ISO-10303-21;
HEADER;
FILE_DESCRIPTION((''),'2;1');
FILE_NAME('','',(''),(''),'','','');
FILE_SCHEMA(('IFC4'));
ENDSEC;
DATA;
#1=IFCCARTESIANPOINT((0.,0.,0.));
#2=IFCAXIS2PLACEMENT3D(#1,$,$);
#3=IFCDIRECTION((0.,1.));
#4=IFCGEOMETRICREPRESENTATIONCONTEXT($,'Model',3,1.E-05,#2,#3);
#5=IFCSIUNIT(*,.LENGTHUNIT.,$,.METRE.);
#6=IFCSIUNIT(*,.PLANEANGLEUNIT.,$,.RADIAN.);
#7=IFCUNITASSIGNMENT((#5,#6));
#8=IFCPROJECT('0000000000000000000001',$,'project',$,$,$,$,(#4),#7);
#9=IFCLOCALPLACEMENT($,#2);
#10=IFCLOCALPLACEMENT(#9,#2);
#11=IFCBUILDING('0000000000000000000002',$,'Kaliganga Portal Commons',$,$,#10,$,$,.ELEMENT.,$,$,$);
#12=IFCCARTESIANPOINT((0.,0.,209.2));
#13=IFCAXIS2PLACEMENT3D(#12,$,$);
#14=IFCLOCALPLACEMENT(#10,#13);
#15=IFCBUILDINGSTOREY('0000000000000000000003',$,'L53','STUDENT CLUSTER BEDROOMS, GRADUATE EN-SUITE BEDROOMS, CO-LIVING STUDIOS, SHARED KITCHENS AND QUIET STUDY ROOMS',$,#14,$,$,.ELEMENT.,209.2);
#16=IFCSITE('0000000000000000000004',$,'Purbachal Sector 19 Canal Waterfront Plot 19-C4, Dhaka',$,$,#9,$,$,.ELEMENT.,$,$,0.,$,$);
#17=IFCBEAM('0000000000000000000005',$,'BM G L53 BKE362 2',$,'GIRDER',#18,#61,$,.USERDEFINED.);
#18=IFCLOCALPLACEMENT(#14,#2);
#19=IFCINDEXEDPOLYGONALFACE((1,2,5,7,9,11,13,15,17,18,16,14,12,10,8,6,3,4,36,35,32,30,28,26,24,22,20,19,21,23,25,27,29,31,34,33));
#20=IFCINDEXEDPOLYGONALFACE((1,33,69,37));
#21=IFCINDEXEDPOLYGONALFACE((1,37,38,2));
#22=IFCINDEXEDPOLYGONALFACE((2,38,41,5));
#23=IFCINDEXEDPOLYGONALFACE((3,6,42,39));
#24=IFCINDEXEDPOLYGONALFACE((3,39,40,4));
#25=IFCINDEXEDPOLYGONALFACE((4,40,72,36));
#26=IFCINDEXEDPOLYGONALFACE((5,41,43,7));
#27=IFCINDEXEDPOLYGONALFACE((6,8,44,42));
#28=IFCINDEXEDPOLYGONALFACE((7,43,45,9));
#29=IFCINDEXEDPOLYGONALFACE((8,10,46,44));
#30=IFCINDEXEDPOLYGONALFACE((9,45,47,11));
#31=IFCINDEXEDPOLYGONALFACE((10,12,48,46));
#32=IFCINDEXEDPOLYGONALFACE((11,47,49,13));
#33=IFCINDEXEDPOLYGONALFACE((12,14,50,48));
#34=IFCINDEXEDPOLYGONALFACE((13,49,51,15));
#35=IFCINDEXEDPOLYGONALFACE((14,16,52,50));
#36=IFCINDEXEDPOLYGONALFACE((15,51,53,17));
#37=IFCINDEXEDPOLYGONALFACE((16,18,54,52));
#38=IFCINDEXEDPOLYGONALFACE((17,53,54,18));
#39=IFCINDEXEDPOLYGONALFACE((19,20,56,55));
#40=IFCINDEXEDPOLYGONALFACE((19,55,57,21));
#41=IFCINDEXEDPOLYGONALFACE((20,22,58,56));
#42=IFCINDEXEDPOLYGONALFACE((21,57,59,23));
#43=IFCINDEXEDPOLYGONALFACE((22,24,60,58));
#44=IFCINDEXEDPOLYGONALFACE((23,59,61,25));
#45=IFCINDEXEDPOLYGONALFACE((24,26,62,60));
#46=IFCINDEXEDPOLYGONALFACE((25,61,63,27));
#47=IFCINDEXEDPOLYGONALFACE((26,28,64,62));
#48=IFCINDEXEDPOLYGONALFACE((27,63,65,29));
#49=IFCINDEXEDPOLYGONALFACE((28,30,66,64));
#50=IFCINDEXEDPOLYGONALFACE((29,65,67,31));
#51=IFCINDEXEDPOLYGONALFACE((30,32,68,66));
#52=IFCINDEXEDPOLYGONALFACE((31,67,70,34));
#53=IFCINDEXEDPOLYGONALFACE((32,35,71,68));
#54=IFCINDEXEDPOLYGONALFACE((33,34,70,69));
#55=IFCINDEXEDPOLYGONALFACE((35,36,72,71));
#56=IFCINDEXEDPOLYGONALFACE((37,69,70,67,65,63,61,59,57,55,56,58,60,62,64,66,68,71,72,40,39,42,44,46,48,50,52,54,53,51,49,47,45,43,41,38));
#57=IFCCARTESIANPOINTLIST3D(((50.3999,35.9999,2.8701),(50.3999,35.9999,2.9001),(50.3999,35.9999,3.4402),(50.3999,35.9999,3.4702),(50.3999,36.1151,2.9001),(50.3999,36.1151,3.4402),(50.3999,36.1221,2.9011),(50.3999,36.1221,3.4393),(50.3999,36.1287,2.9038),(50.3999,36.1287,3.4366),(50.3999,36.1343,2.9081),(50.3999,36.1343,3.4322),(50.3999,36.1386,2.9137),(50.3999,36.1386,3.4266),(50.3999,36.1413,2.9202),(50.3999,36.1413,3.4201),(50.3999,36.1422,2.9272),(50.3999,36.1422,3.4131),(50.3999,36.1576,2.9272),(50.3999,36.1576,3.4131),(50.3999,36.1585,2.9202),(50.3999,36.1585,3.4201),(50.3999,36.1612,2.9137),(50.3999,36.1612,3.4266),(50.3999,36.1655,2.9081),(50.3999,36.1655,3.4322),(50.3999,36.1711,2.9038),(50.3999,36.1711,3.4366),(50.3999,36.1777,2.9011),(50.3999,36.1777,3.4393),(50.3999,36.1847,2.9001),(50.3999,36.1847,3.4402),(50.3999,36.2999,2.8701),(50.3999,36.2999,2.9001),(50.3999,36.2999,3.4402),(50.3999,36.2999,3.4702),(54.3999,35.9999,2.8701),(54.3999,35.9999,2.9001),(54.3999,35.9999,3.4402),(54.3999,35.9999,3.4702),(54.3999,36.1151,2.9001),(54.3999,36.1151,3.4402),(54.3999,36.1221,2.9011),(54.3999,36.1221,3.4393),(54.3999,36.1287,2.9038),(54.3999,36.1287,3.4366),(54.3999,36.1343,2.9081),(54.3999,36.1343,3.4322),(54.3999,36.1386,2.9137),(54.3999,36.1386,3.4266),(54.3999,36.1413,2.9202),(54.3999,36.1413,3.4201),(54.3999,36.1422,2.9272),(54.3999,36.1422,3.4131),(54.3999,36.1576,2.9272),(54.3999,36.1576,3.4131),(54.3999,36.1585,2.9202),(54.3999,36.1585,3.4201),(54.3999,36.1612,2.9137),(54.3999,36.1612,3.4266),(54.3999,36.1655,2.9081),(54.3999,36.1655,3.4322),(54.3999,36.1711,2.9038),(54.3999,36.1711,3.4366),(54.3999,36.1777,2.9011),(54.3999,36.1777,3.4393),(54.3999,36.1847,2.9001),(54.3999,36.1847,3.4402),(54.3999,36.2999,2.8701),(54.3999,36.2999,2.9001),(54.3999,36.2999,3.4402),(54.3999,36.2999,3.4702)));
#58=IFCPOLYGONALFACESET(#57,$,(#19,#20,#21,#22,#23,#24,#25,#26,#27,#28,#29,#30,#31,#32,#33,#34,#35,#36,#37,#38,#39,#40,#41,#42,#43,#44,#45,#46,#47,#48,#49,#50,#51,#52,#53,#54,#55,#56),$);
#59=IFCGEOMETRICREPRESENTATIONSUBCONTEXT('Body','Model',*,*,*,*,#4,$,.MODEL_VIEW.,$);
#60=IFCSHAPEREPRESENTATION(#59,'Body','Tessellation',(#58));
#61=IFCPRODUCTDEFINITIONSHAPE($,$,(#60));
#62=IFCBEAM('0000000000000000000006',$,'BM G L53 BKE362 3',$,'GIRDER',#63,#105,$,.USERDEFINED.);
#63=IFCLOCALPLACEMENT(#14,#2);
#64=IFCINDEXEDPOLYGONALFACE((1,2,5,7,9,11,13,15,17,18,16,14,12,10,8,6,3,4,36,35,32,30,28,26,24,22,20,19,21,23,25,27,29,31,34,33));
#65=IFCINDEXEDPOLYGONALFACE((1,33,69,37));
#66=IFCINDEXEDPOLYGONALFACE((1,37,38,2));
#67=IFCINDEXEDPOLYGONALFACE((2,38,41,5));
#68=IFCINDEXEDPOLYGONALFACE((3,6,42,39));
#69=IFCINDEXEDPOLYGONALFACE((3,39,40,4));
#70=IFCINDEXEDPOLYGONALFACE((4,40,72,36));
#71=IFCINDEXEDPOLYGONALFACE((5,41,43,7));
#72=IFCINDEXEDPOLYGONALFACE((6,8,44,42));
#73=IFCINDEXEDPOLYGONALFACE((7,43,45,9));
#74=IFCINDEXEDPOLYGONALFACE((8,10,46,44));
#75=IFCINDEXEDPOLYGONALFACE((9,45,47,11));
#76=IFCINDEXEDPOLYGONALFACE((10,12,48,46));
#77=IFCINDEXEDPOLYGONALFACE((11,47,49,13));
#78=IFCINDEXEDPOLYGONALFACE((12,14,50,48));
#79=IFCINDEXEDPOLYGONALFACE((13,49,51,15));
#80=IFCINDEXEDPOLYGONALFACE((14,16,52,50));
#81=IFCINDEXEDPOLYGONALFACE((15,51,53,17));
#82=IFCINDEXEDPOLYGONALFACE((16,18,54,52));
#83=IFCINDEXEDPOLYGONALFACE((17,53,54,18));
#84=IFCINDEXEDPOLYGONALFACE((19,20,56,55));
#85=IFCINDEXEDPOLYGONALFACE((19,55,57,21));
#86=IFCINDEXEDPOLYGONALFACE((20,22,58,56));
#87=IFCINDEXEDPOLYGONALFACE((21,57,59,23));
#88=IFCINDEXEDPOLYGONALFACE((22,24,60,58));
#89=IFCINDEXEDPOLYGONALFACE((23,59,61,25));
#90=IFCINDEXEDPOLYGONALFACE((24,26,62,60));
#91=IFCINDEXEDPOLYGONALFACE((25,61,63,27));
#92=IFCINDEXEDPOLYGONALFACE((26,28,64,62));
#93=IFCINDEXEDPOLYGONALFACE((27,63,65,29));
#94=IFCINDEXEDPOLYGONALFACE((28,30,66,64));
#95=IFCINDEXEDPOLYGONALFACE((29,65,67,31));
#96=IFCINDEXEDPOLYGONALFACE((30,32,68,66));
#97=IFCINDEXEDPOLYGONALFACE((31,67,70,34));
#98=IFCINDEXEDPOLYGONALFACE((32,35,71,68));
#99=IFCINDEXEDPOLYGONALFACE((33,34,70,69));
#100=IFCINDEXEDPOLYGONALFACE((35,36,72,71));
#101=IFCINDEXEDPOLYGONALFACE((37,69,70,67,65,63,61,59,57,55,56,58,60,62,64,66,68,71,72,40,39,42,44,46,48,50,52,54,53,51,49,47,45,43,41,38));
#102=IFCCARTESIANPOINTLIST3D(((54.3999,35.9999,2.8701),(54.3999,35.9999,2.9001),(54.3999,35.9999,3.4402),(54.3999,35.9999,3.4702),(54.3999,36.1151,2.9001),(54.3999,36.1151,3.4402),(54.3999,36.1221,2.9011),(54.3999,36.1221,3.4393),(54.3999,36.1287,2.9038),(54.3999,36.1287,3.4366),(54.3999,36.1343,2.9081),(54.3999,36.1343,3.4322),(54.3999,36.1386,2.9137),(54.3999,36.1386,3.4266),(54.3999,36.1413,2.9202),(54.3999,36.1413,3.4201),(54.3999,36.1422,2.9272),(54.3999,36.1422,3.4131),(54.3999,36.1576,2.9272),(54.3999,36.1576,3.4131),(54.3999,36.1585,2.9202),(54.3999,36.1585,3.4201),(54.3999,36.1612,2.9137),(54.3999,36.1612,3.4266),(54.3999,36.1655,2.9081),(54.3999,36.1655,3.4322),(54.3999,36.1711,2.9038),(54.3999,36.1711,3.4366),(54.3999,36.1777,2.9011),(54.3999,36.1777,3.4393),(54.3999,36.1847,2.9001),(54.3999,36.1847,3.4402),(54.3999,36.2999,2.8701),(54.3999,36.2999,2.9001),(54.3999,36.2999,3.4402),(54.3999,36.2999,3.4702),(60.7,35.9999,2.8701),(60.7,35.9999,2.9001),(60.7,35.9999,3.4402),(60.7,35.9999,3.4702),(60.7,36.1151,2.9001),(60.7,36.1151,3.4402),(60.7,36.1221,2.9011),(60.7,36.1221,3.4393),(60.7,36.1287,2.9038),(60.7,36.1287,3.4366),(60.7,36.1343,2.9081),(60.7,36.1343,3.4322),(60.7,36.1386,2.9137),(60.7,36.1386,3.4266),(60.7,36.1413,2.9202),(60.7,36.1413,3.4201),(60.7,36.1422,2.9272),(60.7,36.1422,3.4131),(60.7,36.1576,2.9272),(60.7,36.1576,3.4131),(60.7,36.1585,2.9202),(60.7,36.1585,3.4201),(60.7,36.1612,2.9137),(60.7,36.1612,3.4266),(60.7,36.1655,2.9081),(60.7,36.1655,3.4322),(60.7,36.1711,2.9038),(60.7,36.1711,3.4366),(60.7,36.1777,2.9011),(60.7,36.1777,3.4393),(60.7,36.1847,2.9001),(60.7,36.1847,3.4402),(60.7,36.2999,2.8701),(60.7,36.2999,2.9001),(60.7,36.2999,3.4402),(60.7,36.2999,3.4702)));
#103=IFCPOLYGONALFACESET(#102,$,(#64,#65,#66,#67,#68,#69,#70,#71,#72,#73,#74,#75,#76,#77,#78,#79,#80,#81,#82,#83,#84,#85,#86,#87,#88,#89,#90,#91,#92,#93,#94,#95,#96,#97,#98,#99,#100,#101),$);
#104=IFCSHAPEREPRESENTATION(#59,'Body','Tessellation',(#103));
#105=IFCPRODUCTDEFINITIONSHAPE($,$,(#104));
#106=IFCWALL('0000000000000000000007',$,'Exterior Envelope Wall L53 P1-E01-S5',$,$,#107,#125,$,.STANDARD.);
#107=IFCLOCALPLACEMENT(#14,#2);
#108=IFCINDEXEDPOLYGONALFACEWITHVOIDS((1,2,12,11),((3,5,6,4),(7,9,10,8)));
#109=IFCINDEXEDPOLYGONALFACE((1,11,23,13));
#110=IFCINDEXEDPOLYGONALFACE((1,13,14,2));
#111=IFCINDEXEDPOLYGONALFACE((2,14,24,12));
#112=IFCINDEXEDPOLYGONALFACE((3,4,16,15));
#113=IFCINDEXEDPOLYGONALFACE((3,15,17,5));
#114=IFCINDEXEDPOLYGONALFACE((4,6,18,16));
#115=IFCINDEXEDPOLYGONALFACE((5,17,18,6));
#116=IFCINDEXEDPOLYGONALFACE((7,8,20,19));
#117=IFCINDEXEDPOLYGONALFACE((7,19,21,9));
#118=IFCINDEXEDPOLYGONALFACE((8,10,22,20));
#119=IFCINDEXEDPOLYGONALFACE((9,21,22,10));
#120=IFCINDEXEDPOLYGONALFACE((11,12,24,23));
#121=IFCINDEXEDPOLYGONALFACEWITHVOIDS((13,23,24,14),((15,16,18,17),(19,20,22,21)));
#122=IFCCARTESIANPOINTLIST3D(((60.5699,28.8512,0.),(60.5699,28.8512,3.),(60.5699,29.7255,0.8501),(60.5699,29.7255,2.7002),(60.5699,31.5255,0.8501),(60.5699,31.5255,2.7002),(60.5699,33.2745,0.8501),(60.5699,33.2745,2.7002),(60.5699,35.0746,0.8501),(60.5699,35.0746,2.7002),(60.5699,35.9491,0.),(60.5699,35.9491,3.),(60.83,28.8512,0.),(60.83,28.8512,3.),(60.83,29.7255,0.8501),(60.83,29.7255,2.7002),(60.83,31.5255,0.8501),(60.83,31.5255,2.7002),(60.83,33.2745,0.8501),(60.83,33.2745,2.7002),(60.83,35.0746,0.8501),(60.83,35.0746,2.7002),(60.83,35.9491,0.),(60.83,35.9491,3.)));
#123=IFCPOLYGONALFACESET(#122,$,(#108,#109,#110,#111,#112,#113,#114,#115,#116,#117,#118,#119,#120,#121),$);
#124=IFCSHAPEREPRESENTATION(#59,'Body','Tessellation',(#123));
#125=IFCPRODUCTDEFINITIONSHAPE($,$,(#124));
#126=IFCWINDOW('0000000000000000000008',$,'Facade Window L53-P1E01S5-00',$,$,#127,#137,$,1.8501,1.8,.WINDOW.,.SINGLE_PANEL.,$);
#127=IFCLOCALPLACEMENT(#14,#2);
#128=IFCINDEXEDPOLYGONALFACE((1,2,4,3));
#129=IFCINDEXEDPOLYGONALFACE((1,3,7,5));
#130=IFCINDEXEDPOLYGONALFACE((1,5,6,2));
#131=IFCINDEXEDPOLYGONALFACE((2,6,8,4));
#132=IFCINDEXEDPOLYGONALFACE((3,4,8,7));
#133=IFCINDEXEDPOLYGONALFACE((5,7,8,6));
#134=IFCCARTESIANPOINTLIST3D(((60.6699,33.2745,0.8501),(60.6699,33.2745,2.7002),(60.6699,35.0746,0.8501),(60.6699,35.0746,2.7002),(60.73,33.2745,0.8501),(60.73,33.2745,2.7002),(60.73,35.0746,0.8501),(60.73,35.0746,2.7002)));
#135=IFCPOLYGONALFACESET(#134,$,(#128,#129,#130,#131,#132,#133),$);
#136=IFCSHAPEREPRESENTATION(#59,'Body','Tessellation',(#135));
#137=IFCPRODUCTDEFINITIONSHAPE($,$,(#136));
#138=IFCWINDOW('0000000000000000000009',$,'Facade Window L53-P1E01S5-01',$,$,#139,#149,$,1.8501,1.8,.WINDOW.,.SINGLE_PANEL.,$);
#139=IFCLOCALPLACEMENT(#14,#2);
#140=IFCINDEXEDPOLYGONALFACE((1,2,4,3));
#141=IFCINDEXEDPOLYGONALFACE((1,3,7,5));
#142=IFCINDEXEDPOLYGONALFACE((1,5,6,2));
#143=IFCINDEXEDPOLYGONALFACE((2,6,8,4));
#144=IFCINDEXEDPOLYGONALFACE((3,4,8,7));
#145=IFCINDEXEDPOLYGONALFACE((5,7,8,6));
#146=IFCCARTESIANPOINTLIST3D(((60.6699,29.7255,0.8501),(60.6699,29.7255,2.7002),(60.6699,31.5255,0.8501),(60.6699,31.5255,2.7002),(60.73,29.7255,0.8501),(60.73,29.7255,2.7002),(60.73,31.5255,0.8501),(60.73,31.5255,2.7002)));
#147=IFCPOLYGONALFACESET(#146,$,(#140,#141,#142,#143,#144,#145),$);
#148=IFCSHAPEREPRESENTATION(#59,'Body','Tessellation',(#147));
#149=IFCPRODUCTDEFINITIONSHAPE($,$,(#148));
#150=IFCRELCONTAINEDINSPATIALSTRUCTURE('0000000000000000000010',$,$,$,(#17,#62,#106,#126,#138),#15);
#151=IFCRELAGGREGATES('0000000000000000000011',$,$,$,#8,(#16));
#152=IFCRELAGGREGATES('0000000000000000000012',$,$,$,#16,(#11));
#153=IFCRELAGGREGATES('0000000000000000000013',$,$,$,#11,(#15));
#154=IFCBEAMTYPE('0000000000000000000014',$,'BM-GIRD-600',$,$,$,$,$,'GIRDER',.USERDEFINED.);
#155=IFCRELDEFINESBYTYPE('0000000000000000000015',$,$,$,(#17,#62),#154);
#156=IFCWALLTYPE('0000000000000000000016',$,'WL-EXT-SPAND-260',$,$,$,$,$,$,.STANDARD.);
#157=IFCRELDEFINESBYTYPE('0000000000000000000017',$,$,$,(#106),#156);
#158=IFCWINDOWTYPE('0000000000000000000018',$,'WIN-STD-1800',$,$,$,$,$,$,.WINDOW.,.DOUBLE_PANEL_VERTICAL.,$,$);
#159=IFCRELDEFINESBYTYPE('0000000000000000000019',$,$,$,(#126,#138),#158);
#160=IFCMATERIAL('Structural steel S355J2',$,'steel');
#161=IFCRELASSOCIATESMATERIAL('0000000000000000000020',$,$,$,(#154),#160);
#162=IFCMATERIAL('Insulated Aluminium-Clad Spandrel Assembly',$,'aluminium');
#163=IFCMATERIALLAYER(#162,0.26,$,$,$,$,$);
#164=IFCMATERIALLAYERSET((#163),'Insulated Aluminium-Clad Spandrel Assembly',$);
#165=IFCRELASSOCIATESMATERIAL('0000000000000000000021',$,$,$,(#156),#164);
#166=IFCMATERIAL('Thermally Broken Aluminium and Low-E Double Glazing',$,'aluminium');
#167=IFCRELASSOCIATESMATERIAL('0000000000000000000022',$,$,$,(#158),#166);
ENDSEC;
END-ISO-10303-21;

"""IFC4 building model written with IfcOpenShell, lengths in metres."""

from ifc_helpers import new_model, si_unit, direction, frame, frame_2d, origin, origin_2d, place, context, subcontext, project, spatial, rectangle, i_section, extrude, source, transform, mapped, material, layer, layer_set, material_profile, profile_set, type_object, element, fill, save


model = new_model("IFC4")

# Units and contexts
model_context = context("Model", 3, precision=1e-05, world=origin(), true_north=direction((0.0, 1.0)))
body_context = subcontext(model_context, "Body", "Model", "MODEL_VIEW")
ifc_project = project(units=[si_unit("LENGTHUNIT", "METRE"), si_unit("PLANEANGLEUNIT", "RADIAN")], contexts=[model_context])

# Site, building, storey
site_placement = place(None, origin())
site = spatial("IfcSite", under=ifc_project, at=site_placement, Name="Purbachal Sector 19 Canal Waterfront Plot 19-C4, Dhaka", CompositionType="ELEMENT", RefElevation=0.0)
building_placement = place(site_placement, origin())
building = spatial("IfcBuilding", under=site, at=building_placement, Name="Kaliganga Portal Commons", CompositionType="ELEMENT")
storey_placement = place(building_placement, frame((0.0, 0.0, 209.2)))
storey = spatial("IfcBuildingStorey", under=building, at=storey_placement, Name="L53", Description="STUDENT CLUSTER BEDROOMS, GRADUATE EN-SUITE BEDROOMS, CO-LIVING STUDIOS, SHARED KITCHENS AND QUIET STUDY ROOMS", CompositionType="ELEMENT", Elevation=209.2)

# Shared definitions
ifc_material_1 = material(Name="Structural steel S355J2", Category="steel")

# Beams
ifc_material_profile_1 = material_profile(ifc_material_1, i_section(OverallWidth=0.3, OverallDepth=0.6001, WebThickness=0.0154, FlangeThickness=0.03, FilletRadius=0.0271, at=origin_2d()), Name="HE 600 B")
ifc_profile_set_1 = profile_set([ifc_material_profile_1], Name="Structural steel S355J2 wide-flange")
beam_type_1 = type_object("IfcBeamType", Name="BM-GIRD-600", ElementType="GIRDER", PredefinedType="USERDEFINED", material=ifc_profile_set_1)
shared_shape_1 = source(origin(), body_context, "Body", "SweptSolid", [
    extrude(i_section(OverallWidth=0.3, OverallDepth=0.6001, WebThickness=0.0154, FlangeThickness=0.03, FilletRadius=0.0271, at=origin_2d()), origin(), (0.0, 0.0, 1.0), 4.0),
])
beam_1_placement = place(storey_placement, frame((50.3999, 36.1499, 3.1702), z_axis=(1.0, 0.0, 0.0), x_axis=(0.0, 1.0, 0.0)))
element("IfcBeam", 1, at=beam_1_placement, inside=storey, type_object=beam_type_1, Name="BM G L53 BKE362 2", ObjectType="GIRDER", PredefinedType="USERDEFINED", context=body_context, shape_type="MappedRepresentation", body=[
    mapped(shared_shape_1, transform((0.0, 0.0, 0.0), x_axis=(1.0, 0.0, 0.0), y_axis=(0.0, 1.0, 0.0), z_axis=(0.0, 0.0, 1.0), scale=1.0)),
])
shared_shape_2 = source(origin(), body_context, "Body", "SweptSolid", [
    extrude(i_section(OverallWidth=0.3, OverallDepth=0.6001, WebThickness=0.0154, FlangeThickness=0.03, FilletRadius=0.0271, at=origin_2d()), origin(), (0.0, 0.0, 1.0), 6.3),
])
beam_2_placement = place(storey_placement, frame((54.3999, 36.1499, 3.1702), z_axis=(1.0, 0.0, 0.0), x_axis=(0.0, 1.0, 0.0)))
element("IfcBeam", 2, at=beam_2_placement, inside=storey, type_object=beam_type_1, Name="BM G L53 BKE362 3", ObjectType="GIRDER", PredefinedType="USERDEFINED", context=body_context, shape_type="MappedRepresentation", body=[
    mapped(shared_shape_2, transform((0.0, 0.0, 0.0), x_axis=(1.0, 0.0, 0.0), y_axis=(0.0, 1.0, 0.0), z_axis=(0.0, 0.0, 1.0), scale=1.0)),
])

# Wall, openings, windows
ifc_material_2 = material(Name="Insulated Aluminium-Clad Spandrel Assembly", Category="aluminium")
ifc_layer_1 = layer(ifc_material_2, 0.26)
ifc_layer_set_1 = layer_set([ifc_layer_1], Name="Insulated Aluminium-Clad Spandrel Assembly")
wall_type_1 = type_object("IfcWallType", Name="WL-EXT-SPAND-260", PredefinedType="STANDARD", material=ifc_layer_set_1)
wall_1_placement = place(storey_placement, frame((60.7, 35.949, 0.0), z_axis=(0.0, 0.0, 1.0), x_axis=(0.0, -1.0, 0.0)))
wall_1 = element("IfcWall", 3, at=wall_1_placement, inside=storey, type_object=wall_type_1, Name="Exterior Envelope Wall L53 P1-E01-S5", PredefinedType="STANDARD", context=body_context, shape_type="SweptSolid", body=[
    extrude(rectangle(XDim=7.0979, YDim=0.26, at=frame_2d((3.5488, 0.0))), origin(), (0.0, 0.0, 1.0), 3.0),
])
opening_1_placement = place(wall_1_placement, frame((0.8745, 0.0, 0.8501)))
opening_1 = element("IfcOpeningElement", 4, at=opening_1_placement, cuts=wall_1, PredefinedType="OPENING", context=body_context, shape_type="SweptSolid", body=[
    extrude(rectangle(XDim=1.8, YDim=1.8501, at=frame_2d((0.8999, 0.925))), frame((0.0, 0.1401, 0.0), z_axis=(0.0, -1.0, 0.0), x_axis=(1.0, 0.0, 0.0)), (0.0, 0.0, 1.0), 0.28),
])
opening_2_placement = place(wall_1_placement, frame((4.4236, 0.0, 0.8501)))
opening_2 = element("IfcOpeningElement", 5, at=opening_2_placement, cuts=wall_1, PredefinedType="OPENING", context=body_context, shape_type="SweptSolid", body=[
    extrude(rectangle(XDim=1.8, YDim=1.8501, at=frame_2d((0.8999, 0.925))), frame((0.0, 0.1401, 0.0), z_axis=(0.0, -1.0, 0.0), x_axis=(1.0, 0.0, 0.0)), (0.0, 0.0, 1.0), 0.28),
])
ifc_material_3 = material(Name="Thermally Broken Aluminium and Low-E Double Glazing", Category="aluminium")
window_type_1 = type_object("IfcWindowType", Name="WIN-STD-1800", PartitioningType="DOUBLE_PANEL_VERTICAL", PredefinedType="WINDOW", material=ifc_material_3)
window_1_placement = place(opening_1_placement, origin())
window_1 = element("IfcWindow", 6, at=window_1_placement, inside=storey, type_object=window_type_1, Name="Facade Window L53-P1E01S5-00", OverallHeight=1.8501, OverallWidth=1.8, PartitioningType="SINGLE_PANEL", PredefinedType="WINDOW", context=body_context, shape_type="SweptSolid", body=[
    extrude(rectangle(XDim=1.8, YDim=1.8501, at=frame_2d((0.8999, 0.925))), frame((0.0, 0.03, 0.0), z_axis=(0.0, -1.0, 0.0), x_axis=(1.0, 0.0, 0.0)), (0.0, 0.0, 1.0), 0.0601),
])
fill(opening_1, window_1)
window_2_placement = place(opening_2_placement, origin())
window_2 = element("IfcWindow", 7, at=window_2_placement, inside=storey, type_object=window_type_1, Name="Facade Window L53-P1E01S5-01", OverallHeight=1.8501, OverallWidth=1.8, PartitioningType="SINGLE_PANEL", PredefinedType="WINDOW", context=body_context, shape_type="SweptSolid", body=[
    extrude(rectangle(XDim=1.8, YDim=1.8501, at=frame_2d((0.8999, 0.925))), frame((0.0, 0.03, 0.0), z_axis=(0.0, -1.0, 0.0), x_axis=(1.0, 0.0, 0.0)), (0.0, 0.0, 1.0), 0.0601),
])
fill(opening_2, window_2)

save(model, "model.ifc")
